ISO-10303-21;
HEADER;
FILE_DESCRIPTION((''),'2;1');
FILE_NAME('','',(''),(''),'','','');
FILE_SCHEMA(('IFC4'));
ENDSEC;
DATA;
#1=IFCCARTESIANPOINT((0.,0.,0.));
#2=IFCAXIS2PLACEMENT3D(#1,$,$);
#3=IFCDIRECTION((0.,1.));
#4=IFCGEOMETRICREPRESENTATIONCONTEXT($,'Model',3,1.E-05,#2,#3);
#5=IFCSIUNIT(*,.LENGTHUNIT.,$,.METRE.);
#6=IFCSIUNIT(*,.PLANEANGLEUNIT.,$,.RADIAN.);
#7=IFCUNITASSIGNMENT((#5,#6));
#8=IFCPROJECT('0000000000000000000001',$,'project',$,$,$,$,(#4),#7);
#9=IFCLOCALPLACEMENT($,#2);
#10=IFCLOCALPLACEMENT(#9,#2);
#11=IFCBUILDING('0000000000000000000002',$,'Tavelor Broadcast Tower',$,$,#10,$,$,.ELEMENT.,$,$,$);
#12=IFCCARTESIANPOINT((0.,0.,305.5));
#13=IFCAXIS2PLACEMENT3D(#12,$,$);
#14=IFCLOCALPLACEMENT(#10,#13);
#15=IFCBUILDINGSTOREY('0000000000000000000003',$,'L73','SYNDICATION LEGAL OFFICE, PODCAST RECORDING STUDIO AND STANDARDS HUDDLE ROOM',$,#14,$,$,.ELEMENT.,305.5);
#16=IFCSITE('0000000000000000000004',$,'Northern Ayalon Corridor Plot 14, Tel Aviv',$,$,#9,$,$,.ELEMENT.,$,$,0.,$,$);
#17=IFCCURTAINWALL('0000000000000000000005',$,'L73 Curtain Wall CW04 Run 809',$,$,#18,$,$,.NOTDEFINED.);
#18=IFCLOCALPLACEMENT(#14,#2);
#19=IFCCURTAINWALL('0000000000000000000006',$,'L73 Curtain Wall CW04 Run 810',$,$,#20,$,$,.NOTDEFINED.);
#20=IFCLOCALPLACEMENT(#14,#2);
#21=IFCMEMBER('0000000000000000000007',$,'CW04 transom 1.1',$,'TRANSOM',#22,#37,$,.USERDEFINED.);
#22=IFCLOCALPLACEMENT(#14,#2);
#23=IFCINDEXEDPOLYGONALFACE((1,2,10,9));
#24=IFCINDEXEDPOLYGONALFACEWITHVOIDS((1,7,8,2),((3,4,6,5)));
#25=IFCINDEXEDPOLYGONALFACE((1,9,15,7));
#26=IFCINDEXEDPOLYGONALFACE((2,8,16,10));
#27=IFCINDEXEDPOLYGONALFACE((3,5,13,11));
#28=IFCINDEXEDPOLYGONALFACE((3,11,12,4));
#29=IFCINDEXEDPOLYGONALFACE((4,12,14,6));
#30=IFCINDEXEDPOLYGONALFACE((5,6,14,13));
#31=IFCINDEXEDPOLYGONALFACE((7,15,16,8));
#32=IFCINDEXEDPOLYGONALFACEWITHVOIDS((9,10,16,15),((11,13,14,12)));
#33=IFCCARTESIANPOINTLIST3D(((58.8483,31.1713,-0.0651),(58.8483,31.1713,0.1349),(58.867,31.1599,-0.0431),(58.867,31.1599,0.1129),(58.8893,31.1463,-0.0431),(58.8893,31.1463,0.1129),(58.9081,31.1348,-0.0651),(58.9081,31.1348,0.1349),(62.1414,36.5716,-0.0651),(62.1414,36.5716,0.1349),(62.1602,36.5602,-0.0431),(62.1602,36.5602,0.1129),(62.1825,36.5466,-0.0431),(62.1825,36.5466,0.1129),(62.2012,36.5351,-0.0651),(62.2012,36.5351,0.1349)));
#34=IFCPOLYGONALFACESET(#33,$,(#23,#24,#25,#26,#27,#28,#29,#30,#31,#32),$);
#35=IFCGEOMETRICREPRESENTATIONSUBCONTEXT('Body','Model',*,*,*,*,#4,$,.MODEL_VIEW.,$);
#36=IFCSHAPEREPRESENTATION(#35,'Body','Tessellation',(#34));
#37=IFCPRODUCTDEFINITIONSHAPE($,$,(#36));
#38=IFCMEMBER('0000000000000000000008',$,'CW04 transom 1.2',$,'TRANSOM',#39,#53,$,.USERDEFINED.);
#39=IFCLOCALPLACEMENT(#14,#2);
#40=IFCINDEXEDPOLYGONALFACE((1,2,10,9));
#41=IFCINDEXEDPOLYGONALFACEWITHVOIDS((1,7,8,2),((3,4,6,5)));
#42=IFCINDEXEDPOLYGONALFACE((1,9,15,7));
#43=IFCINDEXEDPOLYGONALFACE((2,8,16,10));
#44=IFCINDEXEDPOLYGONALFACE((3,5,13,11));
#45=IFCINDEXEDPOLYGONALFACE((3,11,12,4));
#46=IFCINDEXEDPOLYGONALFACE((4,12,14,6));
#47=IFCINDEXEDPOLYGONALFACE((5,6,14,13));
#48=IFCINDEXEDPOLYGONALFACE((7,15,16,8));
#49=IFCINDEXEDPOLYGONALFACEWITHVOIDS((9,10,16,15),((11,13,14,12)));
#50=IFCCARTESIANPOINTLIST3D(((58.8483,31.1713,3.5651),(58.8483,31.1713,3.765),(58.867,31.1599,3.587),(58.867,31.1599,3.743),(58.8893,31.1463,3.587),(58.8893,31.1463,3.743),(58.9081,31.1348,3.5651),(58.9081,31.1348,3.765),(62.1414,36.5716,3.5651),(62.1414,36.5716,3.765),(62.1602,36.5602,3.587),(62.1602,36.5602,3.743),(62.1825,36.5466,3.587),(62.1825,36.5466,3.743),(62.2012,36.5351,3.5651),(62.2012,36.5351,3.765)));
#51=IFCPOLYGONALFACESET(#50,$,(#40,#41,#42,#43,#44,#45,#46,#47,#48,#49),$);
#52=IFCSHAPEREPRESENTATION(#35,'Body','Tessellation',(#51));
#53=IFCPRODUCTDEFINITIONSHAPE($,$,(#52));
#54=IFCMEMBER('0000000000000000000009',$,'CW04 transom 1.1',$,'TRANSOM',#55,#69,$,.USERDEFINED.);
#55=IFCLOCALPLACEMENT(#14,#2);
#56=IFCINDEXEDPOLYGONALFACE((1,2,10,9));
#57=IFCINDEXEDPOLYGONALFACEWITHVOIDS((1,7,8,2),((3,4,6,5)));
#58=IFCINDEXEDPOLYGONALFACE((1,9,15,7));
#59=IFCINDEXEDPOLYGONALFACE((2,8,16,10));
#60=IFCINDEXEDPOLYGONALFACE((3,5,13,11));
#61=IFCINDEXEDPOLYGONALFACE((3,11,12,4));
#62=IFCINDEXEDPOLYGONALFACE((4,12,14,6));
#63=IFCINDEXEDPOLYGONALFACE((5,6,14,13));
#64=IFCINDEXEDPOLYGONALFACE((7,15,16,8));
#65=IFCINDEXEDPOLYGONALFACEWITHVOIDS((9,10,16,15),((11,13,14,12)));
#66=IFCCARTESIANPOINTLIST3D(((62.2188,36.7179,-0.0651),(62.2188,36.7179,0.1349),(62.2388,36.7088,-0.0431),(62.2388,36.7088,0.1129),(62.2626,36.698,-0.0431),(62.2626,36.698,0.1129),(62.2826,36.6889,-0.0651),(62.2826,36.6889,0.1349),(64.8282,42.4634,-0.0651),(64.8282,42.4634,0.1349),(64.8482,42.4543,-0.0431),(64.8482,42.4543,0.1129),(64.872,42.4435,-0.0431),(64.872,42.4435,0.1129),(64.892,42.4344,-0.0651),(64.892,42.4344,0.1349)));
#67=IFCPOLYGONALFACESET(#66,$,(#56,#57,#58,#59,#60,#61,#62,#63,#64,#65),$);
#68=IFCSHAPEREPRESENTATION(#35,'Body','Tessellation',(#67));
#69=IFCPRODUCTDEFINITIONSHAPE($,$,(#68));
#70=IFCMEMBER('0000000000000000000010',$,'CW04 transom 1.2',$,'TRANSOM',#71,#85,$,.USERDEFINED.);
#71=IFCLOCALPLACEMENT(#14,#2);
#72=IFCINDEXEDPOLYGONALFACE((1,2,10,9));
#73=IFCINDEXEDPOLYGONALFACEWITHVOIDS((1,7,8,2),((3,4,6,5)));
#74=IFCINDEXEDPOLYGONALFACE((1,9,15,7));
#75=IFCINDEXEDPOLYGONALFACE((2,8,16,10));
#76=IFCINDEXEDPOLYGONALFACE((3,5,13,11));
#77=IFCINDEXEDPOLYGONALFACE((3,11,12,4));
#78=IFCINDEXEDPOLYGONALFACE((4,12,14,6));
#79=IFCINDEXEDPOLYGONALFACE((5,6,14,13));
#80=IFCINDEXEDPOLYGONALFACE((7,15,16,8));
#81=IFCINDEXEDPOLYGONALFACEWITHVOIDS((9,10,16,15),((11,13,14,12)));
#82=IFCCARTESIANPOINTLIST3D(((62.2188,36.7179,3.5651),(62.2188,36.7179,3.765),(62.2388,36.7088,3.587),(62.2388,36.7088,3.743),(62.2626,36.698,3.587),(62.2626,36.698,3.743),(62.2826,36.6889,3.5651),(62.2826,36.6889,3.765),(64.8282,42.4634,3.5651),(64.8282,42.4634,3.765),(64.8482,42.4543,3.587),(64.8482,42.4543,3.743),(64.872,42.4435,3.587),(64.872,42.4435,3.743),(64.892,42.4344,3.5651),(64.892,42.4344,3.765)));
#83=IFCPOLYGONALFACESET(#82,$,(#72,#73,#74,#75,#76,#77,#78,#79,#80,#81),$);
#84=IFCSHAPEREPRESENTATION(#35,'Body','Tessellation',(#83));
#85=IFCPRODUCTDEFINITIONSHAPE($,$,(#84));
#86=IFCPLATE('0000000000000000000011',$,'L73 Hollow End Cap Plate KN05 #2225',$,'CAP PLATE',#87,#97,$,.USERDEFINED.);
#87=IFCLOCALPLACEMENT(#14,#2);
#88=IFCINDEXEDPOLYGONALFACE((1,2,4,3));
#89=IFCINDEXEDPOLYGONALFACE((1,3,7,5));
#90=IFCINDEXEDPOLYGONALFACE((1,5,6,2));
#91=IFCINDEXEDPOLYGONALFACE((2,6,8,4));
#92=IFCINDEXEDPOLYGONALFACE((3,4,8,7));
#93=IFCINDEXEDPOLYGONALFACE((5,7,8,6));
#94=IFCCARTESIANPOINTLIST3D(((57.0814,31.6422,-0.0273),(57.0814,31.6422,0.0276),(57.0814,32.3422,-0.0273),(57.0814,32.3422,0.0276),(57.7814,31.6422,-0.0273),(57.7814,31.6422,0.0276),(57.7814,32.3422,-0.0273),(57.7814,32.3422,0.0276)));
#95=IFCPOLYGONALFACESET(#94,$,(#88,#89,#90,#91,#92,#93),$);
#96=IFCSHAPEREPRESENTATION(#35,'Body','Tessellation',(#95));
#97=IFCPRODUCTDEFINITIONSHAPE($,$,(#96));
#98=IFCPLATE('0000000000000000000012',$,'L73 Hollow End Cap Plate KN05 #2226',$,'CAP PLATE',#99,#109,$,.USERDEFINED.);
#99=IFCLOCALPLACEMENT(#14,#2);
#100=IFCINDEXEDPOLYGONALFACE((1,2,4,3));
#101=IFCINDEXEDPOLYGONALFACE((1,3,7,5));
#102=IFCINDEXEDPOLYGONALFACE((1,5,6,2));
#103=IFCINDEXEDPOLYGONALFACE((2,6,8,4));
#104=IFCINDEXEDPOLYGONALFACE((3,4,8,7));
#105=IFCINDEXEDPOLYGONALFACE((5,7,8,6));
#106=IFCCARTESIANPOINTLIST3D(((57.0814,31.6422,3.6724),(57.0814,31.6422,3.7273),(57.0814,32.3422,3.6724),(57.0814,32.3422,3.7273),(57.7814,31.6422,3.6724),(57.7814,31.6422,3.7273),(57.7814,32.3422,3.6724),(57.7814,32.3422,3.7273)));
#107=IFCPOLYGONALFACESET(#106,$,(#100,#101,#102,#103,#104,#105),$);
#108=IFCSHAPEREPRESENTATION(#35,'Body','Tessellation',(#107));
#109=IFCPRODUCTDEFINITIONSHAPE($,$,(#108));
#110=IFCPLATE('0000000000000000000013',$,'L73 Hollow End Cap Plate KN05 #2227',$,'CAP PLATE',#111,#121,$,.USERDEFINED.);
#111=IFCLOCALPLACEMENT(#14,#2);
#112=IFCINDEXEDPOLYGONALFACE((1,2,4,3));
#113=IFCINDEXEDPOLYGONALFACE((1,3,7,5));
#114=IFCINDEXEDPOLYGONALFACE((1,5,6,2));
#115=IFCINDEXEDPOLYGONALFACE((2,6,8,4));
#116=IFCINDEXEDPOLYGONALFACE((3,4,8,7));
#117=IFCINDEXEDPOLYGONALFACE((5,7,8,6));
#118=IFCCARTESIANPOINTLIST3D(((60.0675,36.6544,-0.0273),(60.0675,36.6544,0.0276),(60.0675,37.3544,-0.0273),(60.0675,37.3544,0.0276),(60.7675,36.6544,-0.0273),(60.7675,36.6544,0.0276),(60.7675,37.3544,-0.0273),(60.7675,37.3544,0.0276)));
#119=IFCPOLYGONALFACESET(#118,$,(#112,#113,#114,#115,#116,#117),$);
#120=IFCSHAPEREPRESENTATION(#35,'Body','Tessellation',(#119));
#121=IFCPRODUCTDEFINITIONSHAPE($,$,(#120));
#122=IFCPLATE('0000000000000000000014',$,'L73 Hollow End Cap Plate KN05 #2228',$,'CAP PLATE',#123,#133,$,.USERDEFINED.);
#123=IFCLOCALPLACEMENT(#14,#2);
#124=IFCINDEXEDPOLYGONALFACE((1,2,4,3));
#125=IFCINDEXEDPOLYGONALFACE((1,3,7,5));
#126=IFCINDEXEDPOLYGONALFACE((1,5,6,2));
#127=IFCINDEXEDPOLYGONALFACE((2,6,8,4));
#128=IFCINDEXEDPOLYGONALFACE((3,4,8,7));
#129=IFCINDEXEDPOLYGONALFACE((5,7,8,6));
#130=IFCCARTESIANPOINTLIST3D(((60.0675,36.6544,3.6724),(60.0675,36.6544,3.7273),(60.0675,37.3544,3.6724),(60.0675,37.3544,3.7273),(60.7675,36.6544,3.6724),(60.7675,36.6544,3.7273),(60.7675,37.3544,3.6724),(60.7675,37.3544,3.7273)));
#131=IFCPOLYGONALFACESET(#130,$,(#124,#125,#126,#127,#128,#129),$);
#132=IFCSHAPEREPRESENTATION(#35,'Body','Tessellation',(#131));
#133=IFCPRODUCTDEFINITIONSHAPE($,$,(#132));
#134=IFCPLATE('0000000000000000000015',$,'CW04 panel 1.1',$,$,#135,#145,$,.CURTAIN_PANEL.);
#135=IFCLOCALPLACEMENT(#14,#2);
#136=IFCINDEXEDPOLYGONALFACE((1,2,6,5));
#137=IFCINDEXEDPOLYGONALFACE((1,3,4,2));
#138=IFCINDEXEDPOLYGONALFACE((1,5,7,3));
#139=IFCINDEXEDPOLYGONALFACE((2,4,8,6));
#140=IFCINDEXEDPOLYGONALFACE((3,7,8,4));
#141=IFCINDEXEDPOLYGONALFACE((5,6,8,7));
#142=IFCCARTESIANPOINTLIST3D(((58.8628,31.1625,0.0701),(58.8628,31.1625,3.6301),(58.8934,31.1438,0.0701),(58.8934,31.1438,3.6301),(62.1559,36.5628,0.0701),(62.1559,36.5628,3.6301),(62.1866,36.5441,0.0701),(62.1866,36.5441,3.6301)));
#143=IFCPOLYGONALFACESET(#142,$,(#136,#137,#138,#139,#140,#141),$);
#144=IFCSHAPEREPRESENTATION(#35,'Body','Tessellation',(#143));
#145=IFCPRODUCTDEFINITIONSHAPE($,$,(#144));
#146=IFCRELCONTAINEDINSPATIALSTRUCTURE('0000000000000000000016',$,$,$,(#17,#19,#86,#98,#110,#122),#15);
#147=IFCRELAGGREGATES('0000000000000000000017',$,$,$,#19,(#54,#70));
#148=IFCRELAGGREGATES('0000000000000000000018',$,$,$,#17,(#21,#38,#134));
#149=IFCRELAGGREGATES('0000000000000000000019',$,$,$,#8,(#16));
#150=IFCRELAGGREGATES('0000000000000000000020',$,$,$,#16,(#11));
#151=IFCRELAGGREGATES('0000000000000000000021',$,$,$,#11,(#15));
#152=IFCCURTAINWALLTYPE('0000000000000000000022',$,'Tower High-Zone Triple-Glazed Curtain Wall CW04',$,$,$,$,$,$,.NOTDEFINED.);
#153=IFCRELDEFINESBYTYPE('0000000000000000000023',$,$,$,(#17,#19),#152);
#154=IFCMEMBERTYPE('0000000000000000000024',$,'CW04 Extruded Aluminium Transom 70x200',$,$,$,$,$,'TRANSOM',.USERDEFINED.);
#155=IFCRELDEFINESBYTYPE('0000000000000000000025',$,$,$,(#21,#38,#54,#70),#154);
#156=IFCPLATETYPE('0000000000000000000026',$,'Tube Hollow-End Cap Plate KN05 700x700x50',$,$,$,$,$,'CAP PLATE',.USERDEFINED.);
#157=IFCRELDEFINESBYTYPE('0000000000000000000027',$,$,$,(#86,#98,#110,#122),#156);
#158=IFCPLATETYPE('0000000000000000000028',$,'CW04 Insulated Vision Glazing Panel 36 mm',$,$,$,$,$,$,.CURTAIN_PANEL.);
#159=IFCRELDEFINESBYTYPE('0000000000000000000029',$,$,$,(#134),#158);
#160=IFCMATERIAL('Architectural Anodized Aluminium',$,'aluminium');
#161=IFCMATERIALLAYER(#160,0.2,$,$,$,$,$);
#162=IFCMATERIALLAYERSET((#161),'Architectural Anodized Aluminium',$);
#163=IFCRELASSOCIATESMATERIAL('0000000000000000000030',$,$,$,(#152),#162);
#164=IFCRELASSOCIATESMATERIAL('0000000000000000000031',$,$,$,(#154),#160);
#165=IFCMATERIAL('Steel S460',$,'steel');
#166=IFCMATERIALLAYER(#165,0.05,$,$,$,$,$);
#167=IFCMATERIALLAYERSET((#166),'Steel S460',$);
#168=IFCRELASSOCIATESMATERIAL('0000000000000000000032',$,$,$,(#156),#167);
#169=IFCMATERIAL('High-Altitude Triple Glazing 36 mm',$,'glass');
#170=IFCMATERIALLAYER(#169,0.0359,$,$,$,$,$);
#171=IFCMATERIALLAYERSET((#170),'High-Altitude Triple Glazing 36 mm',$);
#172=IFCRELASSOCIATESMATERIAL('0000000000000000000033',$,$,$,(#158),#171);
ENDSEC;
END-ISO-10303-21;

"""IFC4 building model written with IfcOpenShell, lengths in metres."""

from ifc_helpers import new_model, si_unit, direction, frame, origin, origin_2d, place, context, subcontext, project, spatial, rectangle, hollow_rectangle, extrude, source, transform, mapped, material, layer, layer_set, material_profile, profile_set, type_object, type_shapes, element, aggregate, save


model = new_model("IFC4")

# Units and contexts
model_context = context("Model", 3, precision=1e-05, world=origin(), true_north=direction((0.0, 1.0)))
body_context = subcontext(model_context, "Body", "Model", "MODEL_VIEW")
ifc_project = project(units=[si_unit("LENGTHUNIT", "METRE"), si_unit("PLANEANGLEUNIT", "RADIAN")], contexts=[model_context])

# Site, building, storey
site_placement = place(None, origin())
site = spatial("IfcSite", under=ifc_project, at=site_placement, Name="Northern Ayalon Corridor Plot 14, Tel Aviv", CompositionType="ELEMENT", RefElevation=0.0)
building_placement = place(site_placement, origin())
building = spatial("IfcBuilding", under=site, at=building_placement, Name="Tavelor Broadcast Tower", CompositionType="ELEMENT")
storey_placement = place(building_placement, frame((0.0, 0.0, 305.5)))
storey = spatial("IfcBuildingStorey", under=building, at=storey_placement, Name="L73", Description="SYNDICATION LEGAL OFFICE, PODCAST RECORDING STUDIO AND STANDARDS HUDDLE ROOM", CompositionType="ELEMENT", Elevation=305.5)

# Shared definitions
ifc_material_1 = material(Name="Steel S460", Category="steel")

# Curtain wall
ifc_material_2 = material(Name="Architectural Anodized Aluminium", Category="aluminium")
ifc_layer_1 = layer(ifc_material_2, 0.2)
ifc_layer_set_1 = layer_set([ifc_layer_1], Name="Architectural Anodized Aluminium")
curtain_wall_type = type_object("IfcCurtainWallType", Name="Tower High-Zone Triple-Glazed Curtain Wall CW04", PredefinedType="NOTDEFINED", material=ifc_layer_set_1)
curtain_wall_1_placement = place(storey_placement, origin())
curtain_wall_1 = element("IfcCurtainWall", 1, at=curtain_wall_1_placement, inside=storey, type_object=curtain_wall_type, Name="L73 Curtain Wall CW04 Run 809", PredefinedType="NOTDEFINED")

# Curtain wall
curtain_wall_2_placement = place(storey_placement, origin())
curtain_wall_2 = element("IfcCurtainWall", 2, at=curtain_wall_2_placement, inside=storey, type_object=curtain_wall_type, Name="L73 Curtain Wall CW04 Run 810", PredefinedType="NOTDEFINED")

# Members
ifc_material_profile_1 = material_profile(ifc_material_2, hollow_rectangle(XDim=0.0701, YDim=0.2, WallThickness=0.022, at=origin_2d()), Name="RHS 70x200x22")
ifc_profile_set_1 = profile_set([ifc_material_profile_1], Name="Architectural Anodized Aluminium")
member_type_1 = type_object("IfcMemberType", Name="CW04 Extruded Aluminium Transom 70x200", ElementType="TRANSOM", PredefinedType="USERDEFINED", material=ifc_profile_set_1)
shared_shape_1 = source(origin(), body_context, "Body", "SweptSolid", [
    extrude(hollow_rectangle(XDim=0.0701, YDim=0.2, WallThickness=0.022, at=origin_2d()), origin(), (0.0, 0.0, 1.0), 6.3252),
])
member_1_placement = place(storey_placement, frame((58.8782, 31.1531, 0.0349), z_axis=(0.520641, 0.853776, 0.0), x_axis=(-0.853776, 0.520641, 0.0)))
member_1 = element("IfcMember", 3, at=member_1_placement, type_object=member_type_1, Name="CW04 transom 1.1", ObjectType="TRANSOM", PredefinedType="USERDEFINED", context=body_context, shape_type="MappedRepresentation", body=[
    mapped(shared_shape_1, transform((0.0, 0.0, 0.0), scale=1.0)),
])
member_2_placement = place(storey_placement, frame((58.8782, 31.1531, 3.665), z_axis=(0.520641, 0.853776, 0.0), x_axis=(-0.853776, 0.520641, 0.0)))
member_2 = element("IfcMember", 4, at=member_2_placement, type_object=member_type_1, Name="CW04 transom 1.2", ObjectType="TRANSOM", PredefinedType="USERDEFINED", context=body_context, shape_type="MappedRepresentation", body=[
    mapped(shared_shape_1, transform((0.0, 0.0, 0.0), scale=1.0)),
])
shared_shape_2 = source(origin(), body_context, "Body", "SweptSolid", [
    extrude(hollow_rectangle(XDim=0.0701, YDim=0.2, WallThickness=0.022, at=origin_2d()), origin(), (0.0, 0.0, 1.0), 6.3103),
])
type_shapes(member_type_1, [shared_shape_1, shared_shape_2])
member_3_placement = place(storey_placement, frame((62.2507, 36.7034, 0.0349), z_axis=(0.413506, 0.910502, 0.0), x_axis=(-0.910502, 0.413506, 0.0)))
member_3 = element("IfcMember", 5, at=member_3_placement, type_object=member_type_1, Name="CW04 transom 1.1", ObjectType="TRANSOM", PredefinedType="USERDEFINED", context=body_context, shape_type="MappedRepresentation", body=[
    mapped(shared_shape_2, transform((0.0, 0.0, 0.0), scale=1.0)),
])
member_4_placement = place(storey_placement, frame((62.2507, 36.7034, 3.665), z_axis=(0.413506, 0.910502, 0.0), x_axis=(-0.910502, 0.413506, 0.0)))
member_4 = element("IfcMember", 6, at=member_4_placement, type_object=member_type_1, Name="CW04 transom 1.2", ObjectType="TRANSOM", PredefinedType="USERDEFINED", context=body_context, shape_type="MappedRepresentation", body=[
    mapped(shared_shape_2, transform((0.0, 0.0, 0.0), scale=1.0)),
])
aggregate(curtain_wall_2, [member_3, member_4])

# Plates
ifc_layer_2 = layer(ifc_material_1, 0.05)
ifc_layer_set_2 = layer_set([ifc_layer_2], Name="Steel S460")
plate_type_1 = type_object("IfcPlateType", Name="Tube Hollow-End Cap Plate KN05 700x700x50", ElementType="CAP PLATE", PredefinedType="USERDEFINED", material=ifc_layer_set_2)
shared_shape_3 = source(origin(), body_context, "Body", "SweptSolid", [
    extrude(rectangle(XDim=0.7, YDim=0.7, at=origin_2d()), origin(), (0.0, 0.0, 1.0), 0.0549),
])
type_shapes(plate_type_1, [shared_shape_3])
for number, where, z_axis, x_axis, name in (
    (7, (57.4314, 31.9922, -0.0273), (0.0, 0.0, 1.0), (1.0, 0.0, 0.0), "L73 Hollow End Cap Plate KN05 #2225"),
    (8, (57.4314, 31.9922, 3.6724), (0.0, 0.0, 1.0), (1.0, 0.0, 0.0), "L73 Hollow End Cap Plate KN05 #2226"),
    (9, (60.4175, 37.0044, -0.0273), (0.0, 0.0, 1.0), (1.0, 0.0, 0.0), "L73 Hollow End Cap Plate KN05 #2227"),
    (10, (60.4175, 37.0044, 3.6724), (0.0, 0.0, 1.0), (1.0, 0.0, 0.0), "L73 Hollow End Cap Plate KN05 #2228"),
):
    element("IfcPlate", number, at=place(storey_placement, frame(where, z_axis=z_axis, x_axis=x_axis)), inside=storey, type_object=plate_type_1, Name=name, ObjectType="CAP PLATE", PredefinedType="USERDEFINED", context=body_context, shape_type="MappedRepresentation", body=[
        mapped(shared_shape_3, transform((0.0, 0.0, 0.0), scale=1.0)),
    ])

# Plate
ifc_material_3 = material(Name="High-Altitude Triple Glazing 36 mm", Category="glass")
ifc_layer_3 = layer(ifc_material_3, 0.0359)
ifc_layer_set_3 = layer_set([ifc_layer_3], Name="High-Altitude Triple Glazing 36 mm")
plate_type_2 = type_object("IfcPlateType", Name="CW04 Insulated Vision Glazing Panel 36 mm", PredefinedType="CURTAIN_PANEL", material=ifc_layer_set_3)
shared_shape_4 = source(origin(), body_context, "Body", "SweptSolid", [
    extrude(rectangle(XDim=6.3252, YDim=0.0359, at=origin_2d()), origin(), (0.0, 0.0, 1.0), 3.5601),
])
type_shapes(plate_type_2, [shared_shape_4])
plate_placement = place(storey_placement, frame((60.5247, 33.8533, 0.0701), z_axis=(0.0, 0.0, 1.0), x_axis=(0.520642, 0.853775, 0.0)))
plate = element("IfcPlate", 11, at=plate_placement, type_object=plate_type_2, Name="CW04 panel 1.1", PredefinedType="CURTAIN_PANEL", context=body_context, shape_type="MappedRepresentation", body=[
    mapped(shared_shape_4, transform((0.0, 0.0, 0.0), scale=1.0)),
])
aggregate(curtain_wall_1, [member_1, member_2, plate])

save(model, "model.ifc")
